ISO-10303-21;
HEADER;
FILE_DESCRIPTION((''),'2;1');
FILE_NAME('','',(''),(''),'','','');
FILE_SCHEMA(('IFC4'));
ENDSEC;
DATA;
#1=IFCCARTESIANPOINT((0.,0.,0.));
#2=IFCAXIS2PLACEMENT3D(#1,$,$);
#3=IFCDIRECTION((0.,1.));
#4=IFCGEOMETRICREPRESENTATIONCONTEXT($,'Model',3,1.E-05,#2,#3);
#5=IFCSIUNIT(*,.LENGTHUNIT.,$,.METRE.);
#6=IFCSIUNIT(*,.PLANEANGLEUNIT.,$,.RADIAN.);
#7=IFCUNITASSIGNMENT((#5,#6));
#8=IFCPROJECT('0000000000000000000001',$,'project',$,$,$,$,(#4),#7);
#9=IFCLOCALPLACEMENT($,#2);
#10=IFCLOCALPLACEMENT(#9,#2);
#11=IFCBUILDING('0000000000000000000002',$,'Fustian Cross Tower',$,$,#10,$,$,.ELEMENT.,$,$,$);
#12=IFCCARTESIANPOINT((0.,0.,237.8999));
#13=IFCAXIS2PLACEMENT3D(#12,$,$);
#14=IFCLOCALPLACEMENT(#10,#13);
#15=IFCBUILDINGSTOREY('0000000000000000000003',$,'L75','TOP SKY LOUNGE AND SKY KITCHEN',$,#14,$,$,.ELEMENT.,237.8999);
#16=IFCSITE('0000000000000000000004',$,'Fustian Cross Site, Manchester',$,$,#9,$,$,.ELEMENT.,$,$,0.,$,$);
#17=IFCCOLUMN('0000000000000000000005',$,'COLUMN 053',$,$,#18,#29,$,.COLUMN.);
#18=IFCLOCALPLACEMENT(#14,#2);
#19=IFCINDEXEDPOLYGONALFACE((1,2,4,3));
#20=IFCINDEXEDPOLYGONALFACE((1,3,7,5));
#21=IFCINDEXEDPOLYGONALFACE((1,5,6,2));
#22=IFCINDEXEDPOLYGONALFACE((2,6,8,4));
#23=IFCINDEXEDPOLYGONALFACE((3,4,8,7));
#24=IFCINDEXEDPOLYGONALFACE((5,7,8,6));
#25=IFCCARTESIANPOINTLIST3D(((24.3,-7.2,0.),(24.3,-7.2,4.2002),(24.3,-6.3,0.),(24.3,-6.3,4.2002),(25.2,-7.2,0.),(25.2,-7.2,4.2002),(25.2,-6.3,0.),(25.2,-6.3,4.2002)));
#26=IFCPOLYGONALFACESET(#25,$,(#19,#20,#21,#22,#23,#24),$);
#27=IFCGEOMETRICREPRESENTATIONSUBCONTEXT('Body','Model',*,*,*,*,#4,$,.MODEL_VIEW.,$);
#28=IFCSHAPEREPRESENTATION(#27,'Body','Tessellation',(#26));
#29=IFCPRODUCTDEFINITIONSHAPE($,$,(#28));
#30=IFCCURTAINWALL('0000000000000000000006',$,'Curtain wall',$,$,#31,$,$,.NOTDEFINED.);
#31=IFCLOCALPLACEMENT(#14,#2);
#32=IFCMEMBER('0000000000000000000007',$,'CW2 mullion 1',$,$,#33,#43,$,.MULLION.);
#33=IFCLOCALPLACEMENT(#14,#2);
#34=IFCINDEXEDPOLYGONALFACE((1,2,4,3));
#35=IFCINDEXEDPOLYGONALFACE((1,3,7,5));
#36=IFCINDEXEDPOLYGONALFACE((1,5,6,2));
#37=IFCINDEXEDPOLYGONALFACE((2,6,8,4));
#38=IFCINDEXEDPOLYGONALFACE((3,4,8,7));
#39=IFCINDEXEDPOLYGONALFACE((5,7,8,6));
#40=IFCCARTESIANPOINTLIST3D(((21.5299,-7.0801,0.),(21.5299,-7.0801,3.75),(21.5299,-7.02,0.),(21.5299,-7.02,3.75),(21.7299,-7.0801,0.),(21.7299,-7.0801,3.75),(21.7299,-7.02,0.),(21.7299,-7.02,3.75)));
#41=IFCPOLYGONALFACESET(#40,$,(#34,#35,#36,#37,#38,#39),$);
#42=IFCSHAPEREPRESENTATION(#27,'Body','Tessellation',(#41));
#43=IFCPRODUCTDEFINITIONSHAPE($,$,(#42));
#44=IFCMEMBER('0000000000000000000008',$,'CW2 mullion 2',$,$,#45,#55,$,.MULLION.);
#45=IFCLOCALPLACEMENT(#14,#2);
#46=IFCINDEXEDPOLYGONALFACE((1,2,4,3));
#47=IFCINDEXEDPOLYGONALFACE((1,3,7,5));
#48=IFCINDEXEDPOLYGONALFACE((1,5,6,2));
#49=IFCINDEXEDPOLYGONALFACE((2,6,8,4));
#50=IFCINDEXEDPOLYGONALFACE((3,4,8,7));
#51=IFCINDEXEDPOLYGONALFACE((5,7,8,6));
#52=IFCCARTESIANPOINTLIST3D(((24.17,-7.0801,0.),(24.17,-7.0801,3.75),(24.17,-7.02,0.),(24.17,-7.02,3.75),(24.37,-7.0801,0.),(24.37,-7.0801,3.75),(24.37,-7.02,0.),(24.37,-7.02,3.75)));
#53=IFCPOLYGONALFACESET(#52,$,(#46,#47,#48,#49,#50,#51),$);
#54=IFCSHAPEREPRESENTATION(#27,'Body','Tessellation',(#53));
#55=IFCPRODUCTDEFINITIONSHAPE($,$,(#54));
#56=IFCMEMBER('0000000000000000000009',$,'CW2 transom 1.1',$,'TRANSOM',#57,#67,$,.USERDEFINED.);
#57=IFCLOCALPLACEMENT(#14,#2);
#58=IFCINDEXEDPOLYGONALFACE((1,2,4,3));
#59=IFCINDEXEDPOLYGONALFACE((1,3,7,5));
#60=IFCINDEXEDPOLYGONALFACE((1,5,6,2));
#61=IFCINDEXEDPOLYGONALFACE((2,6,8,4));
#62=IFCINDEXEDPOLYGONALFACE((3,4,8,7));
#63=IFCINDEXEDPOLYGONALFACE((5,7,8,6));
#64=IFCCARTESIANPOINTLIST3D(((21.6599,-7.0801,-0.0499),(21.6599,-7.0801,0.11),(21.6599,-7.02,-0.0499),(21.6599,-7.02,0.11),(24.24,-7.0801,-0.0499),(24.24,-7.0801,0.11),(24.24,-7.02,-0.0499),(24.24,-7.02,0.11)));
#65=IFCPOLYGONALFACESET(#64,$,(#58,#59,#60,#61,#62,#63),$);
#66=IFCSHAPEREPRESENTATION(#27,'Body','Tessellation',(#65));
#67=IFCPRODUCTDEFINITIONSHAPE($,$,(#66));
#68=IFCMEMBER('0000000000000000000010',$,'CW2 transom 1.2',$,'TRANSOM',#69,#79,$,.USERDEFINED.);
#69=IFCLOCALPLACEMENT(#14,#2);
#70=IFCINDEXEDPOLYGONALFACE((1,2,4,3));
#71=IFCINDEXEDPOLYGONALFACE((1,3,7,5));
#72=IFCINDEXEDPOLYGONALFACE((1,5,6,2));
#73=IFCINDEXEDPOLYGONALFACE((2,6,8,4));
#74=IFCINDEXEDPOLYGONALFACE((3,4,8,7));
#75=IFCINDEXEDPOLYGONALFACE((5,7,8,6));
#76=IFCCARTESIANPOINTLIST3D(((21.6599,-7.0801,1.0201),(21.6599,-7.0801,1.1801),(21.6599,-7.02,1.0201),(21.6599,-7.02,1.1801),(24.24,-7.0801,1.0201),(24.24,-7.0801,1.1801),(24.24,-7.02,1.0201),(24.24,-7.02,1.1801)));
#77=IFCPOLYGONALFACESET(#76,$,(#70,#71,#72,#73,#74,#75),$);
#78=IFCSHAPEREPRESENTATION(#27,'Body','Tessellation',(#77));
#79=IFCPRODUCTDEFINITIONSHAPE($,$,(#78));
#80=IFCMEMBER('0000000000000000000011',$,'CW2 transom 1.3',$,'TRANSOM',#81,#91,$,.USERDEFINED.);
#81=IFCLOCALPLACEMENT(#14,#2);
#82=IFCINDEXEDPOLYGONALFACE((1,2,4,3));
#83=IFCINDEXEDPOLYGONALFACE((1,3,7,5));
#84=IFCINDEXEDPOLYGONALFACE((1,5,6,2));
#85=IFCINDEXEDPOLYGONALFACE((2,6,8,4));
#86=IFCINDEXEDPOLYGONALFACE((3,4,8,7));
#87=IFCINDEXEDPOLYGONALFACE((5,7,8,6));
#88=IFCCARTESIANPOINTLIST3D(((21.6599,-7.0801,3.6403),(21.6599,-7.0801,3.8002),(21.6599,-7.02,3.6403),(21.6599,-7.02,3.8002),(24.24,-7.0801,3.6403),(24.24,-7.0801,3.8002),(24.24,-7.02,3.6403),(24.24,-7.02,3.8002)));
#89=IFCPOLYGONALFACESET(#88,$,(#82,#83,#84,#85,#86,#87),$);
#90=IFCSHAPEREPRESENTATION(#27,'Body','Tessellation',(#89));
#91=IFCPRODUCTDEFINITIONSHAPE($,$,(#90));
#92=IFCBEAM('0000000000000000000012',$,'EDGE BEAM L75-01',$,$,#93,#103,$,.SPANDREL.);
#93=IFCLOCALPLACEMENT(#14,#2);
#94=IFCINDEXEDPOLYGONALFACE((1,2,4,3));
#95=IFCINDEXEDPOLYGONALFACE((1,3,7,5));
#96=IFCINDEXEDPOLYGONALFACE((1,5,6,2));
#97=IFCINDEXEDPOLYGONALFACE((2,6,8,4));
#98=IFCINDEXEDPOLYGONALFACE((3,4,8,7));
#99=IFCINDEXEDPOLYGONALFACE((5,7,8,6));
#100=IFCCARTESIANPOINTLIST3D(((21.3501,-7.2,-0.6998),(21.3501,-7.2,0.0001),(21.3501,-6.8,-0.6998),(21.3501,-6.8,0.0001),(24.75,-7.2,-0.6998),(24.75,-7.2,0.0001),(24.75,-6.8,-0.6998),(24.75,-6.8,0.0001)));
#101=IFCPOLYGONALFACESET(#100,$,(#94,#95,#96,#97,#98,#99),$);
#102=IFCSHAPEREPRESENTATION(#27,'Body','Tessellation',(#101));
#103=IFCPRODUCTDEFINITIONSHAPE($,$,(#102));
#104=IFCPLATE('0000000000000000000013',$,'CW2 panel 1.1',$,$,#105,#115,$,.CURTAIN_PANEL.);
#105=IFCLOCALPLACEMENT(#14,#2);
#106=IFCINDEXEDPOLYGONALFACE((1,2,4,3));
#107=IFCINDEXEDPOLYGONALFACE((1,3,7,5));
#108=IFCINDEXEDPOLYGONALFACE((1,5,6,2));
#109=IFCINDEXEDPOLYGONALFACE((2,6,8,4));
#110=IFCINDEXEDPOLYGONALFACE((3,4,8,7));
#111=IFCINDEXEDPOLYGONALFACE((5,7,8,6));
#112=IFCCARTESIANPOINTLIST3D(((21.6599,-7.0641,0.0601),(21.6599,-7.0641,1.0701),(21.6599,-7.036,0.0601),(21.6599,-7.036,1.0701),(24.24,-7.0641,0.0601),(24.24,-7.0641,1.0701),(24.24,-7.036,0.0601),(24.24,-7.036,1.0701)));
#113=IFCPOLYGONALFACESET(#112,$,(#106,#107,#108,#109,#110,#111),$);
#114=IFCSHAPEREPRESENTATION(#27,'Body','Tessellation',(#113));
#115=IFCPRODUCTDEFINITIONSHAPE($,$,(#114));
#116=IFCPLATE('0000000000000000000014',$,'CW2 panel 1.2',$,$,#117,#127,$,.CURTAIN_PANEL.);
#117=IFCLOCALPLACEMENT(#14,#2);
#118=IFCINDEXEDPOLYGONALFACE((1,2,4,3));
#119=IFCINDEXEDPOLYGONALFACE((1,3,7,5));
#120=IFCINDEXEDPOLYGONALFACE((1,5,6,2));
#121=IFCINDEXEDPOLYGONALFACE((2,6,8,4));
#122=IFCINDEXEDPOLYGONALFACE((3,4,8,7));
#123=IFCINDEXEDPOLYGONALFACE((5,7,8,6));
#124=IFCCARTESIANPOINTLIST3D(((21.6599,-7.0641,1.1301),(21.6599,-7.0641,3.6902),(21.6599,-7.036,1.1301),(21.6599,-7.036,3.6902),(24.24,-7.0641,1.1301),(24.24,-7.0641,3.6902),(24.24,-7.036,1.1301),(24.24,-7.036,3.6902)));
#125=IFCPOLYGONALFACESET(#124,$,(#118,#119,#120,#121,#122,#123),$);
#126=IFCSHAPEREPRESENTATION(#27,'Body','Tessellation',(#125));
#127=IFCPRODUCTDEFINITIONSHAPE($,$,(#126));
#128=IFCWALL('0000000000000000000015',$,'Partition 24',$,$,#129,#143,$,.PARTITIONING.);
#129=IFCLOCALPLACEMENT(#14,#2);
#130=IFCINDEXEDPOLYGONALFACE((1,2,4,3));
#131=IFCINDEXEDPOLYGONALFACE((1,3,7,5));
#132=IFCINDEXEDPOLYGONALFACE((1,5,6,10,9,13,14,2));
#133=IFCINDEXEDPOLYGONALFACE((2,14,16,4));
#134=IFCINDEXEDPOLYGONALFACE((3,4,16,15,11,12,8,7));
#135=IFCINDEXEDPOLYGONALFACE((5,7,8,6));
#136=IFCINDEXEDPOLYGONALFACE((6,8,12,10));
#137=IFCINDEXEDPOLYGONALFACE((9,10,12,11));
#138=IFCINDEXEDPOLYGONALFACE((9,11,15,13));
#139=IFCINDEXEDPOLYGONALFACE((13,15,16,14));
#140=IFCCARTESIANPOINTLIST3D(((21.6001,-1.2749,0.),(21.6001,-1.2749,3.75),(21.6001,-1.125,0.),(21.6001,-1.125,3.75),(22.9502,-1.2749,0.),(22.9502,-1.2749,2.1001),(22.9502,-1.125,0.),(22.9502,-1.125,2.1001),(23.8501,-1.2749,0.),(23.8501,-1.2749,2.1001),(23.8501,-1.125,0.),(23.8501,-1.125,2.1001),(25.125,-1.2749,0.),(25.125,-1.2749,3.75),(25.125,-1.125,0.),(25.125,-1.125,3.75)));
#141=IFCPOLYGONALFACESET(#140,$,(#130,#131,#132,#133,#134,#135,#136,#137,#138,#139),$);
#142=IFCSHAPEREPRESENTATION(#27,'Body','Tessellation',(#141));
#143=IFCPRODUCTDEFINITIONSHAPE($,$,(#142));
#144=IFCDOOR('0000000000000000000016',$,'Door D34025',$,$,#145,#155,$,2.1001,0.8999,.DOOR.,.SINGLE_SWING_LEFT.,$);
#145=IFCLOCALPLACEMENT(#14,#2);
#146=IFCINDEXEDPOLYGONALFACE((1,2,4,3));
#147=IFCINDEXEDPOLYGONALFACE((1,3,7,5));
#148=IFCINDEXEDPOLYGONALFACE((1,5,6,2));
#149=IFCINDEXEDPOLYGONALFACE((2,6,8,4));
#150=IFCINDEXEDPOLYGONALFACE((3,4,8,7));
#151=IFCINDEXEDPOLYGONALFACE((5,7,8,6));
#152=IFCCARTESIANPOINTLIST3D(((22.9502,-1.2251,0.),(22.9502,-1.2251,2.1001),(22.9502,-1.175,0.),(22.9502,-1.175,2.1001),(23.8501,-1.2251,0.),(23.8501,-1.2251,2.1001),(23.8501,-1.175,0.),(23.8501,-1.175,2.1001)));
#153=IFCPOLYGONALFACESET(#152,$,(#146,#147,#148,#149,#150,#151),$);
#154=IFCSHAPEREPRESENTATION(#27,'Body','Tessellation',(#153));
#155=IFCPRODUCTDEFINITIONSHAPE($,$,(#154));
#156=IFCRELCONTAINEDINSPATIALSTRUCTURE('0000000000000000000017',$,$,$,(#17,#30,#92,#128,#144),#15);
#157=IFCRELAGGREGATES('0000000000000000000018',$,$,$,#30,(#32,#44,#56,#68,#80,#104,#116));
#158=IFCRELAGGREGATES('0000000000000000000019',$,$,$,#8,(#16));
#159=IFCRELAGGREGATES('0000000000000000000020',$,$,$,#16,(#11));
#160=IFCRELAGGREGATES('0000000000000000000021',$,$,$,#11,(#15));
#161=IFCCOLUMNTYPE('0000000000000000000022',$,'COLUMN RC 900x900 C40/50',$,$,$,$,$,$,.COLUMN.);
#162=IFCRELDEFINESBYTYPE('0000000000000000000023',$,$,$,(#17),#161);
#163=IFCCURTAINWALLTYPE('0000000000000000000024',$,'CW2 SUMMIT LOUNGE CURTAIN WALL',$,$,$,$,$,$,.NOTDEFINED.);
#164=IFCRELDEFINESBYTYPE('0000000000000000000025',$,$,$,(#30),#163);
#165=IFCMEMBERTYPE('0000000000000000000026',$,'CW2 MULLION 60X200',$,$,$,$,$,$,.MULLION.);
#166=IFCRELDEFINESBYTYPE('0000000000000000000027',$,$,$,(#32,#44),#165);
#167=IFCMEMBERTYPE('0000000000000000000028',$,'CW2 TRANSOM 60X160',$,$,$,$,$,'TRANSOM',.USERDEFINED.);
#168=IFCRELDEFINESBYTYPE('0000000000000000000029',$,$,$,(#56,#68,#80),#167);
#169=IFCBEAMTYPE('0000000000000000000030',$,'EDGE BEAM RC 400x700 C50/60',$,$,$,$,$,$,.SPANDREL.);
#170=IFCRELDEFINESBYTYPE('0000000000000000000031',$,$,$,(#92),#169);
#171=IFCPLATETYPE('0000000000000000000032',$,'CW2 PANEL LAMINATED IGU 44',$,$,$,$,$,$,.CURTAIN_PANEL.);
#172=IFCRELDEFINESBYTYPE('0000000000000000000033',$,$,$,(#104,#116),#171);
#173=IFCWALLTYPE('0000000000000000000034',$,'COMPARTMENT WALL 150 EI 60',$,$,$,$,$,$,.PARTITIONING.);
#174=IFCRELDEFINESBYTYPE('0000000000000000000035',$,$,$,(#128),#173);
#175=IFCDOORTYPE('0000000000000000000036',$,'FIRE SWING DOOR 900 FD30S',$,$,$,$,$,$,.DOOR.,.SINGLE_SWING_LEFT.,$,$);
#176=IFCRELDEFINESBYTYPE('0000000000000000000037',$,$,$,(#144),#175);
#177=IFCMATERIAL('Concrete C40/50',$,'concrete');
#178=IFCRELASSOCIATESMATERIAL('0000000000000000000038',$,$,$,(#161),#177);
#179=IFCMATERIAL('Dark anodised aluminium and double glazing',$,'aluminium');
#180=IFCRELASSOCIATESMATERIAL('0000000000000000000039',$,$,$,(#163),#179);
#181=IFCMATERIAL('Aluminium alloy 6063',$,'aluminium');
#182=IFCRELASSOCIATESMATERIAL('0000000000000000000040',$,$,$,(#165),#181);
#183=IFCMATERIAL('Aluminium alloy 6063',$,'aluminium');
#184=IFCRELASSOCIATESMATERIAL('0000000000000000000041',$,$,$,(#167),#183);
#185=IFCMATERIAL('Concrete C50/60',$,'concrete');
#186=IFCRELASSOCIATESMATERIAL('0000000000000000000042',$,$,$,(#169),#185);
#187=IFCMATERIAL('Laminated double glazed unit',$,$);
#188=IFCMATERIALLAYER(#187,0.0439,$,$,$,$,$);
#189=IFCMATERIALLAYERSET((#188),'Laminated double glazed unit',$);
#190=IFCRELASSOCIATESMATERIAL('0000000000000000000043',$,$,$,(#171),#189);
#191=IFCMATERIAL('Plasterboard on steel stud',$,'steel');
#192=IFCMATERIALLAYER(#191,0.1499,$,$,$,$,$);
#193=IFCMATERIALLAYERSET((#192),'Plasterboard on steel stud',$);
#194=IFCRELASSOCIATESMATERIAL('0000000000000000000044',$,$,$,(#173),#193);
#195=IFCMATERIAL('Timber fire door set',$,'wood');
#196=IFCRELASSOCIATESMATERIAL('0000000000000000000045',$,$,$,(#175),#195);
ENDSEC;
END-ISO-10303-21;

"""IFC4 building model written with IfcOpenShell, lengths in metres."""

from ifc_helpers import new_model, si_unit, direction, frame, frame_2d, origin, origin_2d, place, context, subcontext, project, spatial, rectangle, extrude, material, layer, layer_set, material_profile, profile_set, type_object, element, fill, aggregate, save


model = new_model("IFC4")

# Units and contexts
model_context = context("Model", 3, precision=1e-05, world=origin(), true_north=direction((0.0, 1.0)))
body_context = subcontext(model_context, "Body", "Model", "MODEL_VIEW")
ifc_project = project(units=[si_unit("LENGTHUNIT", "METRE"), si_unit("PLANEANGLEUNIT", "RADIAN")], contexts=[model_context])

# Site, building, storey
site_placement = place(None, origin())
site = spatial("IfcSite", under=ifc_project, at=site_placement, Name="Fustian Cross Site, Manchester", CompositionType="ELEMENT", RefElevation=0.0)
building_placement = place(site_placement, origin())
building = spatial("IfcBuilding", under=site, at=building_placement, Name="Fustian Cross Tower", CompositionType="ELEMENT")
storey_placement = place(building_placement, frame((0.0, 0.0, 237.8999)))
storey = spatial("IfcBuildingStorey", under=building, at=storey_placement, Name="L75", Description="TOP SKY LOUNGE AND SKY KITCHEN", CompositionType="ELEMENT", Elevation=237.8999)

# Column
ifc_material_1 = material(Name="Concrete C40/50", Category="concrete")
ifc_material_profile_1 = material_profile(ifc_material_1, rectangle(XDim=0.8999, YDim=0.8999, at=origin_2d()), Name="RC 900x900")
ifc_profile_set_1 = profile_set([ifc_material_profile_1], Name="Concrete C40/50")
column_type = type_object("IfcColumnType", Name="COLUMN RC 900x900 C40/50", PredefinedType="COLUMN", material=ifc_profile_set_1)
column_placement = place(storey_placement, frame((24.75, -6.75, 0.0), z_axis=(0.0, 0.0, 1.0), x_axis=(1.0, 0.0, 0.0)))
element("IfcColumn", 1, at=column_placement, inside=storey, type_object=column_type, Name="COLUMN 053", PredefinedType="COLUMN", context=body_context, shape_type="SweptSolid", body=[
    extrude(rectangle(XDim=0.8999, YDim=0.8999, at=origin_2d()), origin(), (0.0, 0.0, 1.0), 4.2002),
])

# Curtain wall, members
ifc_material_2 = material(Name="Dark anodised aluminium and double glazing", Category="aluminium")
curtain_wall_type = type_object("IfcCurtainWallType", Name="CW2 SUMMIT LOUNGE CURTAIN WALL", PredefinedType="NOTDEFINED", material=ifc_material_2)
curtain_wall_placement = place(storey_placement, origin())
curtain_wall = element("IfcCurtainWall", 2, at=curtain_wall_placement, inside=storey, type_object=curtain_wall_type, Name="Curtain wall", PredefinedType="NOTDEFINED")
ifc_material_3 = material(Name="Aluminium alloy 6063", Category="aluminium")
ifc_material_profile_2 = material_profile(ifc_material_3, rectangle(XDim=0.0601, YDim=0.2, at=origin_2d()), Name="CW2 MULLION 60X200")
ifc_profile_set_2 = profile_set([ifc_material_profile_2], Name="Aluminium alloy 6063")
member_type_1 = type_object("IfcMemberType", Name="CW2 MULLION 60X200", PredefinedType="MULLION", material=ifc_profile_set_2)
member_1_placement = place(storey_placement, frame((21.6299, -7.05, 0.0), z_axis=(0.0, 0.0, 1.0), x_axis=(0.0, 1.0, 0.0)))
member_1 = element("IfcMember", 3, at=member_1_placement, type_object=member_type_1, Name="CW2 mullion 1", PredefinedType="MULLION", context=body_context, shape_type="SweptSolid", body=[
    extrude(rectangle(XDim=0.0601, YDim=0.2, at=origin_2d()), origin(), (0.0, 0.0, 1.0), 3.75),
])
member_2_placement = place(storey_placement, frame((24.27, -7.05, 0.0), z_axis=(0.0, 0.0, 1.0), x_axis=(0.0, 1.0, 0.0)))
member_2 = element("IfcMember", 4, at=member_2_placement, type_object=member_type_1, Name="CW2 mullion 2", PredefinedType="MULLION", context=body_context, shape_type="SweptSolid", body=[
    extrude(rectangle(XDim=0.0601, YDim=0.2, at=origin_2d()), origin(), (0.0, 0.0, 1.0), 3.75),
])
ifc_material_4 = material(Name="Aluminium alloy 6063", Category="aluminium")
ifc_material_profile_3 = material_profile(ifc_material_4, rectangle(XDim=0.0601, YDim=0.1599, at=origin_2d()), Name="CW2 TRANSOM 60X160")
ifc_profile_set_3 = profile_set([ifc_material_profile_3], Name="Aluminium alloy 6063")
member_type_2 = type_object("IfcMemberType", Name="CW2 TRANSOM 60X160", ElementType="TRANSOM", PredefinedType="USERDEFINED", material=ifc_profile_set_3)
member_3_placement = place(storey_placement, frame((21.6599, -7.05, 0.03), z_axis=(1.0, 0.0, 0.0), x_axis=(0.0, 1.0, 0.0)))
member_3 = element("IfcMember", 5, at=member_3_placement, type_object=member_type_2, Name="CW2 transom 1.1", ObjectType="TRANSOM", PredefinedType="USERDEFINED", context=body_context, shape_type="SweptSolid", body=[
    extrude(rectangle(XDim=0.0601, YDim=0.1599, at=origin_2d()), origin(), (0.0, 0.0, 1.0), 2.5801),
])
member_4_placement = place(storey_placement, frame((21.6599, -7.05, 1.1001), z_axis=(1.0, 0.0, 0.0), x_axis=(0.0, 1.0, 0.0)))
member_4 = element("IfcMember", 6, at=member_4_placement, type_object=member_type_2, Name="CW2 transom 1.2", ObjectType="TRANSOM", PredefinedType="USERDEFINED", context=body_context, shape_type="SweptSolid", body=[
    extrude(rectangle(XDim=0.0601, YDim=0.1599, at=origin_2d()), origin(), (0.0, 0.0, 1.0), 2.5801),
])
member_5_placement = place(storey_placement, frame((21.6599, -7.05, 3.7202), z_axis=(1.0, 0.0, 0.0), x_axis=(0.0, 1.0, 0.0)))
member_5 = element("IfcMember", 7, at=member_5_placement, type_object=member_type_2, Name="CW2 transom 1.3", ObjectType="TRANSOM", PredefinedType="USERDEFINED", context=body_context, shape_type="SweptSolid", body=[
    extrude(rectangle(XDim=0.0601, YDim=0.1599, at=origin_2d()), origin(), (0.0, 0.0, 1.0), 2.5801),
])

# Beam
ifc_material_5 = material(Name="Concrete C50/60", Category="concrete")
ifc_material_profile_4 = material_profile(ifc_material_5, rectangle(XDim=0.3999, YDim=0.7, at=origin_2d()), Name="RC 400x700")
ifc_profile_set_4 = profile_set([ifc_material_profile_4], Name="Concrete C50/60")
beam_type = type_object("IfcBeamType", Name="EDGE BEAM RC 400x700 C50/60", PredefinedType="SPANDREL", material=ifc_profile_set_4)
beam_placement = place(storey_placement, frame((21.3501, -7.0, -0.3499), z_axis=(1.0, 0.0, 0.0), x_axis=(0.0, 1.0, 0.0)))
element("IfcBeam", 8, at=beam_placement, inside=storey, type_object=beam_type, Name="EDGE BEAM L75-01", PredefinedType="SPANDREL", context=body_context, shape_type="SweptSolid", body=[
    extrude(rectangle(XDim=0.3999, YDim=0.7, at=origin_2d()), origin(), (0.0, 0.0, 1.0), 3.3999),
])

# Plates
ifc_material_6 = material(Name="Laminated double glazed unit")
ifc_layer_1 = layer(ifc_material_6, 0.0439)
ifc_layer_set_1 = layer_set([ifc_layer_1], Name="Laminated double glazed unit")
plate_type = type_object("IfcPlateType", Name="CW2 PANEL LAMINATED IGU 44", PredefinedType="CURTAIN_PANEL", material=ifc_layer_set_1)
plate_1_placement = place(storey_placement, frame((22.95, -7.05, 0.0601), z_axis=(0.0, 0.0, 1.0), x_axis=(1.0, 0.0, 0.0)))
plate_1 = element("IfcPlate", 9, at=plate_1_placement, type_object=plate_type, Name="CW2 panel 1.1", PredefinedType="CURTAIN_PANEL", context=body_context, shape_type="SweptSolid", body=[
    extrude(rectangle(XDim=2.5801, YDim=0.0281, at=origin_2d()), origin(), (0.0, 0.0, 1.0), 1.01),
])
plate_2_placement = place(storey_placement, frame((22.95, -7.05, 1.1301), z_axis=(0.0, 0.0, 1.0), x_axis=(1.0, 0.0, 0.0)))
plate_2 = element("IfcPlate", 10, at=plate_2_placement, type_object=plate_type, Name="CW2 panel 1.2", PredefinedType="CURTAIN_PANEL", context=body_context, shape_type="SweptSolid", body=[
    extrude(rectangle(XDim=2.5801, YDim=0.0281, at=origin_2d()), origin(), (0.0, 0.0, 1.0), 2.5601),
])
aggregate(curtain_wall, [member_1, member_2, member_3, member_4, member_5, plate_1, plate_2])

# Wall, opening, door
ifc_material_7 = material(Name="Plasterboard on steel stud", Category="steel")
ifc_layer_2 = layer(ifc_material_7, 0.1499)
ifc_layer_set_2 = layer_set([ifc_layer_2], Name="Plasterboard on steel stud")
wall_type_1 = type_object("IfcWallType", Name="COMPARTMENT WALL 150 EI 60", PredefinedType="PARTITIONING", material=ifc_layer_set_2)
wall_1_placement = place(storey_placement, frame((21.6001, -1.2, 0.0), z_axis=(0.0, 0.0, 1.0), x_axis=(1.0, 0.0, 0.0)))
wall_1 = element("IfcWall", 11, at=wall_1_placement, inside=storey, type_object=wall_type_1, Name="Partition 24", PredefinedType="PARTITIONING", context=body_context, shape_type="SweptSolid", body=[
    extrude(rectangle(XDim=3.5249, YDim=0.1499, at=frame_2d((1.7625, 0.0))), origin(), (0.0, 0.0, 1.0), 3.75),
])
opening_1_placement = place(wall_1_placement, frame((1.3501, 0.0, 0.0)))
opening_1 = element("IfcOpeningElement", 12, at=opening_1_placement, cuts=wall_1, PredefinedType="OPENING", context=body_context, shape_type="SweptSolid", body=[
    extrude(rectangle(XDim=0.8999, YDim=2.1001, at=frame_2d((0.45, 1.05))), frame((0.0, 0.085, 0.0), z_axis=(0.0, -1.0, 0.0), x_axis=(1.0, 0.0, 0.0)), (0.0, 0.0, 1.0), 0.1699),
])
ifc_material_8 = material(Name="Timber fire door set", Category="wood")
door_type_1 = type_object("IfcDoorType", Name="FIRE SWING DOOR 900 FD30S", OperationType="SINGLE_SWING_LEFT", PredefinedType="DOOR", material=ifc_material_8)
door_1_placement = place(opening_1_placement, origin())
door_1 = element("IfcDoor", 13, at=door_1_placement, inside=storey, type_object=door_type_1, Name="Door D34025", OperationType="SINGLE_SWING_LEFT", OverallHeight=2.1001, OverallWidth=0.8999, PredefinedType="DOOR", context=body_context, shape_type="SweptSolid", body=[
    extrude(rectangle(XDim=0.8999, YDim=2.1001, at=frame_2d((0.45, 1.05))), frame((0.0, 0.0249, 0.0), z_axis=(0.0, -1.0, 0.0), x_axis=(1.0, 0.0, 0.0)), (0.0, 0.0, 1.0), 0.05),
])
fill(opening_1, door_1)

save(model, "model.ifc")
